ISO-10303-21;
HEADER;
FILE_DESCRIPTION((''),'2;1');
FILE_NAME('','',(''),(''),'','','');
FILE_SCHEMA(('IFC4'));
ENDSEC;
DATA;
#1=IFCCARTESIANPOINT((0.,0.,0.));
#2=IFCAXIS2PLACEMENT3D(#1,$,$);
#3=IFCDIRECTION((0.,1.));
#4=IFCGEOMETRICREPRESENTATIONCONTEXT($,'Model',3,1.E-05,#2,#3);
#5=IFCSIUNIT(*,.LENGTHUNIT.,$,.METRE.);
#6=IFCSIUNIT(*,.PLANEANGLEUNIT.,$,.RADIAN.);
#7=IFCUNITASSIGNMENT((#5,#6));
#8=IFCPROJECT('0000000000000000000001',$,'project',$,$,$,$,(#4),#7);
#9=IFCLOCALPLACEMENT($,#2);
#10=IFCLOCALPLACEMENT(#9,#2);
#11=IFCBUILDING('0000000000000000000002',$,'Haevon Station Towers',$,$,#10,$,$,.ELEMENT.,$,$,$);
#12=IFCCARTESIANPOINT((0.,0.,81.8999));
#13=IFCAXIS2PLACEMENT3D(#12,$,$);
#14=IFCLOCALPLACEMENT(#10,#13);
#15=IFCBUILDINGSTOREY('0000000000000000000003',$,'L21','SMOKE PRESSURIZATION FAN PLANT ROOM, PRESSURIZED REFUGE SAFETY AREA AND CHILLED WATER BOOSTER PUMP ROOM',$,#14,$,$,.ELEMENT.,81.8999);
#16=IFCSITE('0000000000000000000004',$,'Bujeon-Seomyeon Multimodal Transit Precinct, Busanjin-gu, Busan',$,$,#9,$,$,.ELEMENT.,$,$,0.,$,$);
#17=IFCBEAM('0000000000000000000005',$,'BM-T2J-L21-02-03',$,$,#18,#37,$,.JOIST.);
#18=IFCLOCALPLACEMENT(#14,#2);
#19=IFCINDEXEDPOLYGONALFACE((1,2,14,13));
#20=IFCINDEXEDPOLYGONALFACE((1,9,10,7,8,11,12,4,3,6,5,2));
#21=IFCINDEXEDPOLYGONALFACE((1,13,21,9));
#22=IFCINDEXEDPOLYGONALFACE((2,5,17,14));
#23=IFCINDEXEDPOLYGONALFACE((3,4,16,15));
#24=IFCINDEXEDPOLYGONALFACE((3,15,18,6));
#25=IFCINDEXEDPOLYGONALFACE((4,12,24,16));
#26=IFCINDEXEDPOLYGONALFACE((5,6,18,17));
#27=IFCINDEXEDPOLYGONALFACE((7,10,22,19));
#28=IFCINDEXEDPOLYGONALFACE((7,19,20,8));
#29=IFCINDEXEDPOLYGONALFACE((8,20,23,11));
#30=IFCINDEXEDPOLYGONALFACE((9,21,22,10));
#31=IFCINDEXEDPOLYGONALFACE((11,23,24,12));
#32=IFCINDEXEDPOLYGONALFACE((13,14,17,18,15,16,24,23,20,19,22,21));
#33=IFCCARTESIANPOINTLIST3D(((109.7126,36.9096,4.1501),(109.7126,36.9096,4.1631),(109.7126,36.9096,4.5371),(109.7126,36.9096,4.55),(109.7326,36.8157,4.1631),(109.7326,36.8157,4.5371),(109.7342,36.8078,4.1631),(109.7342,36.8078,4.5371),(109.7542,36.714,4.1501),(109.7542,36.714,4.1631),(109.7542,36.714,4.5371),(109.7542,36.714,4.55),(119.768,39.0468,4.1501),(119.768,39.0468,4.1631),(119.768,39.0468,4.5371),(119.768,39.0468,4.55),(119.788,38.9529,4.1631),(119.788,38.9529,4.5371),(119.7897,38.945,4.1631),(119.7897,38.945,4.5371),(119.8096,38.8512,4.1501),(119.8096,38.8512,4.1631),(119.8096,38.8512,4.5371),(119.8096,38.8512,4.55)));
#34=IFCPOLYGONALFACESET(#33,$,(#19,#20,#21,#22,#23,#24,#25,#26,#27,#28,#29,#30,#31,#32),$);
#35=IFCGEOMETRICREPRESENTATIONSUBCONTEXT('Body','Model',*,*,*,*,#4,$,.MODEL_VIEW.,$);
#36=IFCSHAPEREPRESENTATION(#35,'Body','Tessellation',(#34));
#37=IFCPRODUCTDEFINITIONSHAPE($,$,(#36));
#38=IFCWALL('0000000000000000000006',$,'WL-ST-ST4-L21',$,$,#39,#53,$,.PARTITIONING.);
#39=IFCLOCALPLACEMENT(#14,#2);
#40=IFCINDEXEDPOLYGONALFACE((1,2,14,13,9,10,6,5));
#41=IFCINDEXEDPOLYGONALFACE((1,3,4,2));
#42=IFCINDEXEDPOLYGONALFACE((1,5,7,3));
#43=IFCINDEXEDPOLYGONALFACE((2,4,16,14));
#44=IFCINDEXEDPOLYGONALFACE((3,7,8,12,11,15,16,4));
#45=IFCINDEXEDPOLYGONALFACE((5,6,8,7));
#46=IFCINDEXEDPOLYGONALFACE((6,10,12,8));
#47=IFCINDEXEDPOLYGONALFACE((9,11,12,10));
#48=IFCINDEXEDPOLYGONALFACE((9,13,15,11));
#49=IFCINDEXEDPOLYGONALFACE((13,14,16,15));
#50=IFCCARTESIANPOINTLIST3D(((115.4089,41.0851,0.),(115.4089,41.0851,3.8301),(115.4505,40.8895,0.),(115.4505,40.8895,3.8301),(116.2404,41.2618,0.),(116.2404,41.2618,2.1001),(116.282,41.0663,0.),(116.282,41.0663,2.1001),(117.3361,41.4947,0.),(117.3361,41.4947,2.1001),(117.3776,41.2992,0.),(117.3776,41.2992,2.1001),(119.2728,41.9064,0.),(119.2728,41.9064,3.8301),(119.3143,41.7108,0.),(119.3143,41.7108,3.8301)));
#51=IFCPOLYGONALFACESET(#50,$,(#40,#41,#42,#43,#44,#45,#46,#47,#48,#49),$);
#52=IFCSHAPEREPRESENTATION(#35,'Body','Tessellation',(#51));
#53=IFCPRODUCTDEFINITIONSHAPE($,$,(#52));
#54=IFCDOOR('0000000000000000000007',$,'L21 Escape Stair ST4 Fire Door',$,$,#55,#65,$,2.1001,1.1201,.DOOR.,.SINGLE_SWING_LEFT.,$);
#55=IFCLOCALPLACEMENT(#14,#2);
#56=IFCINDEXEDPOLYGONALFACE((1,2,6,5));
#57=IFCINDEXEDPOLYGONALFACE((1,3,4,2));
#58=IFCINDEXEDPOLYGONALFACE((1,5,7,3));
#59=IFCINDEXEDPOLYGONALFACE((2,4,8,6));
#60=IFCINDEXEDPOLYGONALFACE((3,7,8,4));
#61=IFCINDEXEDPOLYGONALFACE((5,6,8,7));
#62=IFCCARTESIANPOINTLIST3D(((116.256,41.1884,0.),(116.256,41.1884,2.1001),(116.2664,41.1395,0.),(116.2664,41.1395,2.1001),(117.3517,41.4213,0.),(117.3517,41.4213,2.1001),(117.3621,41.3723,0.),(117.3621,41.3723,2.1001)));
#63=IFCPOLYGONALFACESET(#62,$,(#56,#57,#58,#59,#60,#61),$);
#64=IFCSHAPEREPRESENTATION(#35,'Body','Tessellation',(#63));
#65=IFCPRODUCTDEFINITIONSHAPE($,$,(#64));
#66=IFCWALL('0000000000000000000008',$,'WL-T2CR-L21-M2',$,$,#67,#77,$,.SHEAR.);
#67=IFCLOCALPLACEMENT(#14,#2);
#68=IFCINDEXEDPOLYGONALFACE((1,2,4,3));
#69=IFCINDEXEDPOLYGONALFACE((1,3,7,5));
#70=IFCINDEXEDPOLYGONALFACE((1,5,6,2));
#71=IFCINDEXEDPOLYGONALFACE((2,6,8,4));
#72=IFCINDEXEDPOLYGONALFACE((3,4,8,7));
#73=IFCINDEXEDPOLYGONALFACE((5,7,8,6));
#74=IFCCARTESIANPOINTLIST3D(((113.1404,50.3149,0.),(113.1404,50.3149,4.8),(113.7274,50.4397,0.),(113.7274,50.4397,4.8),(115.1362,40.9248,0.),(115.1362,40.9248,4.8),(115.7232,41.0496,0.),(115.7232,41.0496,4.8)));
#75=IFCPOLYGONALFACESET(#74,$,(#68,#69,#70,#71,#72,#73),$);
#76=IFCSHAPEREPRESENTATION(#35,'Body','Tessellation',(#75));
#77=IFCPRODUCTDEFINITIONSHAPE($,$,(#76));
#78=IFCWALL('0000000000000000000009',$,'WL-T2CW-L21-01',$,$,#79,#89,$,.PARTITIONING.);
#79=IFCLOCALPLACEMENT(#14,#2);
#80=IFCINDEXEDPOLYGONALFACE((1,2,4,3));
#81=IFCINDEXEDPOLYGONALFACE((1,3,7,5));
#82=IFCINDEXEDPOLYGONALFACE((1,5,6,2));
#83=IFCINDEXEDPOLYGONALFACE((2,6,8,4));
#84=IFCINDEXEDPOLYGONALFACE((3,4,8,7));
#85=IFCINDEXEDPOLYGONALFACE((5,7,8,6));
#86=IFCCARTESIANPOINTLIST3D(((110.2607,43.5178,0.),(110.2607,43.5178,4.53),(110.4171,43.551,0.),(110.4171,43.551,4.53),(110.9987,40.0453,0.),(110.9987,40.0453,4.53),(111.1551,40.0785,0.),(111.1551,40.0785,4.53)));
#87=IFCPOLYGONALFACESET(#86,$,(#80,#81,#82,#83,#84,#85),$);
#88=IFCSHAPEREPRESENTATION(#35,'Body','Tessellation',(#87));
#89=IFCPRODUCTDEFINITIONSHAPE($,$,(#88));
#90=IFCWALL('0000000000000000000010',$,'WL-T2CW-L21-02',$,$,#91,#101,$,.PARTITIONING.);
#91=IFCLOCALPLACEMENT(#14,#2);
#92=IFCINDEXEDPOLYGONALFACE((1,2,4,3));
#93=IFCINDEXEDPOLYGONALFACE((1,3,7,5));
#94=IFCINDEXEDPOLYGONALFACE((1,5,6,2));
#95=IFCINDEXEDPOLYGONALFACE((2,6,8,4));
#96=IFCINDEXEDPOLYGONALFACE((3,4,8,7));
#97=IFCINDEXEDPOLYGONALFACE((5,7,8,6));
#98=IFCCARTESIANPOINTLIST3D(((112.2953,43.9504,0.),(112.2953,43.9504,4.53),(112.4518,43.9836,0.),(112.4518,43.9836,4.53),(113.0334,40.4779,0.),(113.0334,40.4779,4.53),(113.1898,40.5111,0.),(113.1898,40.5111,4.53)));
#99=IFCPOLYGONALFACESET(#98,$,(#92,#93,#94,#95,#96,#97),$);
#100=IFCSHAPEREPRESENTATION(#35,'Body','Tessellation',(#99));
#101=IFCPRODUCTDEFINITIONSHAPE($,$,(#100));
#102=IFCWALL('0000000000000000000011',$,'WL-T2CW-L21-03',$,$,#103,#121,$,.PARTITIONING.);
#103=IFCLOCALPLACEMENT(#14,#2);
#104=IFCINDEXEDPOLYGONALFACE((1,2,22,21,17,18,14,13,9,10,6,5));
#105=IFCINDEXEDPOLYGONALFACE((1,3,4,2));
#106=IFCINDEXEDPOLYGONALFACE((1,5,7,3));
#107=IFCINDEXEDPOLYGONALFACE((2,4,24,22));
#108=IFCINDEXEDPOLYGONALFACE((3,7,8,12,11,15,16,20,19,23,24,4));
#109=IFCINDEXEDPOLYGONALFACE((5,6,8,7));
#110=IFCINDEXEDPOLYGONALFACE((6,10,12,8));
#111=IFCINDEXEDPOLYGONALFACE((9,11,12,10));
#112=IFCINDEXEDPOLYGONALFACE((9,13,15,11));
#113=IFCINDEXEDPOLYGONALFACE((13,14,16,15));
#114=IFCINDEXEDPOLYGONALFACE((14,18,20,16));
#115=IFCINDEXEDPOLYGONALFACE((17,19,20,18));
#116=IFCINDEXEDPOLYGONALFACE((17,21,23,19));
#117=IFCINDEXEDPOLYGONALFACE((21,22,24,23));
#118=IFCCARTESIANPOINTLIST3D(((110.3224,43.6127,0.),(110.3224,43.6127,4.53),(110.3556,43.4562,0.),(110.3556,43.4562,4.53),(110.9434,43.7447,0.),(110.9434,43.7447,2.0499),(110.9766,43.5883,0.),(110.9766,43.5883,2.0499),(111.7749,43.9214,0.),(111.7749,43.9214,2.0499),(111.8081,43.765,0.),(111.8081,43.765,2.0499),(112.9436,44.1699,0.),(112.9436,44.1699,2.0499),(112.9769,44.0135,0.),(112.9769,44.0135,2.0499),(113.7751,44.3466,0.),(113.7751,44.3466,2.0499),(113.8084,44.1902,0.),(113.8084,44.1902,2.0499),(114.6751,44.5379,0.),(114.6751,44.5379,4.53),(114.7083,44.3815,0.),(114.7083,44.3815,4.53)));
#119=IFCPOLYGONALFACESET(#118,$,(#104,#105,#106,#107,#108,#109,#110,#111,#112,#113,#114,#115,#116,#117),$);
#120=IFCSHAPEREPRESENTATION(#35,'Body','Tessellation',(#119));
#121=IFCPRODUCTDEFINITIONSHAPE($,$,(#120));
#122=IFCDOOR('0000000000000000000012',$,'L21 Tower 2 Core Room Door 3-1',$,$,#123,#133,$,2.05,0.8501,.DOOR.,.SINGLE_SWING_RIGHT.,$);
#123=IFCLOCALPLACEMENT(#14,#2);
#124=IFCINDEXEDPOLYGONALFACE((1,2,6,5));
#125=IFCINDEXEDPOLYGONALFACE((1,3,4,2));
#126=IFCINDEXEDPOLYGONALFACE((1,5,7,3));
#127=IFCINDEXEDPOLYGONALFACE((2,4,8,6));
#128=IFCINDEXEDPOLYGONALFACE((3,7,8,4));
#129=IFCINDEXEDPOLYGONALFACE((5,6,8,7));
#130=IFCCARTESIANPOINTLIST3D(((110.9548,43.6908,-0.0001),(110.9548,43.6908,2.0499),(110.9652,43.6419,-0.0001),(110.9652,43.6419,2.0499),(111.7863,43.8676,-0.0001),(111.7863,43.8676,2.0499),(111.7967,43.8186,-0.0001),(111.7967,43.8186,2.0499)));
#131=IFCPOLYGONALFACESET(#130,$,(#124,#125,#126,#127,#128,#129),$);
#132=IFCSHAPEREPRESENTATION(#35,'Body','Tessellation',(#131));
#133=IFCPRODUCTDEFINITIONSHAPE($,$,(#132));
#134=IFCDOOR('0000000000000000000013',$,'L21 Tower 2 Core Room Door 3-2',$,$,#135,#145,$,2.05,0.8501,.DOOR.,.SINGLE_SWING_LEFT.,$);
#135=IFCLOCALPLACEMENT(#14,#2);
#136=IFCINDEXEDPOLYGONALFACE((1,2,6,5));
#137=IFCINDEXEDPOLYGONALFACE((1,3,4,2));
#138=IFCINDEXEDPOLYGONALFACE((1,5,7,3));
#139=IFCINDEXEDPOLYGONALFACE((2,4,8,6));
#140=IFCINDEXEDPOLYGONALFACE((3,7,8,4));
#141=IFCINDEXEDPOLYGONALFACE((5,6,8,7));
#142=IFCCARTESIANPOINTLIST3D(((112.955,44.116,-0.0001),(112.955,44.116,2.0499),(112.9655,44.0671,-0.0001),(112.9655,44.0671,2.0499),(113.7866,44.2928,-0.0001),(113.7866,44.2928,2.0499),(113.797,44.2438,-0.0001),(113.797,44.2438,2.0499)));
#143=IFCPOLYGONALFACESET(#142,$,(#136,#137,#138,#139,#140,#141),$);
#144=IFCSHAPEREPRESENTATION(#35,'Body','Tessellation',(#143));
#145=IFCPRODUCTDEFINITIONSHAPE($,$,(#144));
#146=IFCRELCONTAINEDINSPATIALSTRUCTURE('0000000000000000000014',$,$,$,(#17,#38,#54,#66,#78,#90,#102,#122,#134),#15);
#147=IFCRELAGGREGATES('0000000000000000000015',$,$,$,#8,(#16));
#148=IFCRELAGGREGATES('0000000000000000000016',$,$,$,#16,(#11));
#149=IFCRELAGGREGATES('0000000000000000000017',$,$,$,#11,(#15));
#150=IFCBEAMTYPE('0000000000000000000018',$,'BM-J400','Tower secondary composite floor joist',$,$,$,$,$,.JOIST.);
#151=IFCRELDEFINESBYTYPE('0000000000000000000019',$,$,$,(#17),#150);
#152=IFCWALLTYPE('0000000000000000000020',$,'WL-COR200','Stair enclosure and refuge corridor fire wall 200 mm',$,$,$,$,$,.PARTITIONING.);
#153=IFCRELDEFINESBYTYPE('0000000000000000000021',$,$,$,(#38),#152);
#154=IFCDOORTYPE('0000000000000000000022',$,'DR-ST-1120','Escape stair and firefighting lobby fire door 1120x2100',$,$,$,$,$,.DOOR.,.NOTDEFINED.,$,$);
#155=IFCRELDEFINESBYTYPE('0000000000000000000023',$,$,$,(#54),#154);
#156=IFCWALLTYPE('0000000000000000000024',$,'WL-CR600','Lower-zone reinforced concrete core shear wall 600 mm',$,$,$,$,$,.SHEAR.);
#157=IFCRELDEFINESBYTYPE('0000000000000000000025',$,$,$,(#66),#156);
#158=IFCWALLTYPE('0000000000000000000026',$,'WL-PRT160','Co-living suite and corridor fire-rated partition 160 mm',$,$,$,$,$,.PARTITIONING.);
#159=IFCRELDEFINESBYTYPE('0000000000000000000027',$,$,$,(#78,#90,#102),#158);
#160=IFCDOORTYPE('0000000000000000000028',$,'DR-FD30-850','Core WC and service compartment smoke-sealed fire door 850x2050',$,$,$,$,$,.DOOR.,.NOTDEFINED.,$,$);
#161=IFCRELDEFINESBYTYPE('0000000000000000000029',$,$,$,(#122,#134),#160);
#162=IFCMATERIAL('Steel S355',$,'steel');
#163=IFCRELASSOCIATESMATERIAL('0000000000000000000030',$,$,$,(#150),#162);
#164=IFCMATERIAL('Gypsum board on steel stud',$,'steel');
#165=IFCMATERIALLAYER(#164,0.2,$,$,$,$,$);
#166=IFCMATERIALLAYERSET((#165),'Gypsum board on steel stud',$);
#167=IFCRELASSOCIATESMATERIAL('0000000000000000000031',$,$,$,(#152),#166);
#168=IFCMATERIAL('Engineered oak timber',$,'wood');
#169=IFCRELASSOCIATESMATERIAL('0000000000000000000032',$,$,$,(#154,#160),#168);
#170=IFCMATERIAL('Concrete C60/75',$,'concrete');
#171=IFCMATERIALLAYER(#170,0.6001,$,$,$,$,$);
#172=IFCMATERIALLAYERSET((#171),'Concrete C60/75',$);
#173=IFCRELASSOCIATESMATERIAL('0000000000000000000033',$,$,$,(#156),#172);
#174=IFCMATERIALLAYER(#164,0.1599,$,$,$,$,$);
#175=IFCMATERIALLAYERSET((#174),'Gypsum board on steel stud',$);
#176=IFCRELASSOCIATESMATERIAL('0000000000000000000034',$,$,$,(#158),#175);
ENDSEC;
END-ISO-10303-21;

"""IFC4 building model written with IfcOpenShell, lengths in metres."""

from ifc_helpers import new_model, si_unit, direction, frame, frame_2d, origin, origin_2d, place, context, subcontext, project, spatial, rectangle, i_section, extrude, material, layer, layer_set, material_profile, profile_set, type_object, element, fill, save


model = new_model("IFC4")

# Units and contexts
model_context = context("Model", 3, precision=1e-05, world=origin(), true_north=direction((0.0, 1.0)))
body_context = subcontext(model_context, "Body", "Model", "MODEL_VIEW")
ifc_project = project(units=[si_unit("LENGTHUNIT", "METRE"), si_unit("PLANEANGLEUNIT", "RADIAN")], contexts=[model_context])

# Site, building, storey
site_placement = place(None, origin())
site = spatial("IfcSite", under=ifc_project, at=site_placement, Name="Bujeon-Seomyeon Multimodal Transit Precinct, Busanjin-gu, Busan", CompositionType="ELEMENT", RefElevation=0.0)
building_placement = place(site_placement, origin())
building = spatial("IfcBuilding", under=site, at=building_placement, Name="Haevon Station Towers", CompositionType="ELEMENT")
storey_placement = place(building_placement, frame((0.0, 0.0, 81.8999)))
storey = spatial("IfcBuildingStorey", under=building, at=storey_placement, Name="L21", Description="SMOKE PRESSURIZATION FAN PLANT ROOM, PRESSURIZED REFUGE SAFETY AREA AND CHILLED WATER BOOSTER PUMP ROOM", CompositionType="ELEMENT", Elevation=81.8999)

# Beam
ifc_material_1 = material(Name="Steel S355", Category="steel")
ifc_material_profile = material_profile(ifc_material_1, i_section(OverallWidth=0.2, OverallDepth=0.3999, WebThickness=0.0081, FlangeThickness=0.0129, at=origin_2d()), Name="H-400x200x8x13")
ifc_profile_set = profile_set([ifc_material_profile], Name="Steel S355")
beam_type = type_object("IfcBeamType", Name="BM-J400", Description="Tower secondary composite floor joist", PredefinedType="JOIST", material=ifc_profile_set)
beam_placement = place(storey_placement, frame((109.7334, 36.8118, 4.3501), z_axis=(0.97815, 0.207899, 0.0), x_axis=(-0.207899, 0.97815, 0.0)))
element("IfcBeam", 1, at=beam_placement, inside=storey, type_object=beam_type, Name="BM-T2J-L21-02-03", PredefinedType="JOIST", context=body_context, shape_type="SweptSolid", body=[
    extrude(i_section(OverallWidth=0.2, OverallDepth=0.3999, WebThickness=0.0081, FlangeThickness=0.0129, at=origin_2d()), origin(), (0.0, 0.0, 1.0), 10.28),
])

# Wall, opening, door
ifc_material_2 = material(Name="Gypsum board on steel stud", Category="steel")
ifc_layer_1 = layer(ifc_material_2, 0.2)
ifc_layer_set_1 = layer_set([ifc_layer_1], Name="Gypsum board on steel stud")
wall_type_1 = type_object("IfcWallType", Name="WL-COR200", Description="Stair enclosure and refuge corridor fire wall 200 mm", PredefinedType="PARTITIONING", material=ifc_layer_set_1)
wall_1_placement = place(storey_placement, frame((115.4297, 40.9873, 0.0), z_axis=(0.0, 0.0, 1.0), x_axis=(0.978147, 0.207916, 0.0)))
wall_1 = element("IfcWall", 2, at=wall_1_placement, inside=storey, type_object=wall_type_1, Name="WL-ST-ST4-L21", PredefinedType="PARTITIONING", context=body_context, shape_type="SweptSolid", body=[
    extrude(rectangle(XDim=3.9502, YDim=0.2, at=frame_2d((1.9751, 0.0))), origin(), (0.0, 0.0, 1.0), 3.8301),
])
opening_1_placement = place(wall_1_placement, frame((0.8501, 0.0, 0.0)))
opening_1 = element("IfcOpeningElement", 3, at=opening_1_placement, cuts=wall_1, PredefinedType="OPENING", context=body_context, shape_type="SweptSolid", body=[
    extrude(rectangle(XDim=1.1201, YDim=2.1001, at=frame_2d((0.5601, 1.05))), frame((0.0, 0.1099, 0.0), z_axis=(0.0, -1.0, 0.0), x_axis=(1.0, 0.0, 0.0)), (0.0, 0.0, 1.0), 0.22),
])
ifc_material_3 = material(Name="Engineered oak timber", Category="wood")
door_type_1 = type_object("IfcDoorType", Name="DR-ST-1120", Description="Escape stair and firefighting lobby fire door 1120x2100", OperationType="NOTDEFINED", PredefinedType="DOOR", material=ifc_material_3)
door_1_placement = place(opening_1_placement, origin())
door_1 = element("IfcDoor", 4, at=door_1_placement, inside=storey, type_object=door_type_1, Name="L21 Escape Stair ST4 Fire Door", OperationType="SINGLE_SWING_LEFT", OverallHeight=2.1001, OverallWidth=1.1201, PredefinedType="DOOR", context=body_context, shape_type="SweptSolid", body=[
    extrude(rectangle(XDim=1.1201, YDim=2.1001, at=frame_2d((0.5601, 1.05))), frame((0.0, 0.0249, 0.0), z_axis=(0.0, -1.0, 0.0), x_axis=(1.0, 0.0, 0.0)), (0.0, 0.0, 1.0), 0.05),
])
fill(opening_1, door_1)

# Walls
ifc_material_4 = material(Name="Concrete C60/75", Category="concrete")
ifc_layer_2 = layer(ifc_material_4, 0.6001)
ifc_layer_set_2 = layer_set([ifc_layer_2], Name="Concrete C60/75")
wall_type_2 = type_object("IfcWallType", Name="WL-CR600", Description="Lower-zone reinforced concrete core shear wall 600 mm", PredefinedType="SHEAR", material=ifc_layer_set_2)
wall_2_placement = place(storey_placement, frame((115.4297, 40.9873, 0.0), z_axis=(0.0, 0.0, 1.0), x_axis=(-0.207903, 0.978149, 0.0)))
element("IfcWall", 5, at=wall_2_placement, inside=storey, type_object=wall_type_2, Name="WL-T2CR-L21-M2", PredefinedType="SHEAR", context=body_context, shape_type="SweptSolid", body=[
    extrude(rectangle(XDim=9.5999, YDim=0.6001, at=frame_2d((4.7998, 0.0))), origin(), (0.0, 0.0, 1.0), 4.8),
])
ifc_layer_3 = layer(ifc_material_2, 0.1599)
ifc_layer_set_3 = layer_set([ifc_layer_3], Name="Gypsum board on steel stud")
wall_type_3 = type_object("IfcWallType", Name="WL-PRT160", Description="Co-living suite and corridor fire-rated partition 160 mm", PredefinedType="PARTITIONING", material=ifc_layer_set_3)
for number, where, z_axis, x_axis, name in (
    (6, (111.0769, 40.062, 0.0), (0.0, 0.0, 1.0), (-0.207899, 0.97815, 0.0), "WL-T2CW-L21-01"),
    (7, (113.1116, 40.4946, 0.0), (0.0, 0.0, 1.0), (-0.207899, 0.97815, 0.0), "WL-T2CW-L21-02"),
):
    element("IfcWall", number, at=place(storey_placement, frame(where, z_axis=z_axis, x_axis=x_axis)), inside=storey, type_object=wall_type_3, Name=name, PredefinedType="PARTITIONING", context=body_context, shape_type="SweptSolid", body=[
        extrude(rectangle(XDim=3.55, YDim=0.1599, at=frame_2d((1.7749, 0.0))), origin(), (0.0, 0.0, 1.0), 4.53),
    ])

# Wall, openings, doors
wall_3_placement = place(storey_placement, frame((110.3389, 43.5344, 0.0), z_axis=(0.0, 0.0, 1.0), x_axis=(0.978144, 0.207929, 0.0)))
wall_3 = element("IfcWall", 8, at=wall_3_placement, inside=storey, type_object=wall_type_3, Name="WL-T2CW-L21-03", PredefinedType="PARTITIONING", context=body_context, shape_type="SweptSolid", body=[
    extrude(rectangle(XDim=4.45, YDim=0.1599, at=frame_2d((2.2251, 0.0))), origin(), (0.0, 0.0, 1.0), 4.53),
])
opening_2_placement = place(wall_3_placement, frame((0.635, 0.0, 0.0)))
opening_2 = element("IfcOpeningElement", 9, at=opening_2_placement, cuts=wall_3, PredefinedType="OPENING", context=body_context, shape_type="SweptSolid", body=[
    extrude(rectangle(XDim=0.8501, YDim=2.05, at=frame_2d((0.425, 1.0249))), frame((0.0, 0.0898, 0.0), z_axis=(0.0, -1.0, 0.0), x_axis=(1.0, 0.0, 0.0)), (0.0, 0.0, 1.0), 0.1799),
])
opening_3_placement = place(wall_3_placement, frame((2.6799, 0.0, 0.0)))
opening_3 = element("IfcOpeningElement", 10, at=opening_3_placement, cuts=wall_3, PredefinedType="OPENING", context=body_context, shape_type="SweptSolid", body=[
    extrude(rectangle(XDim=0.8501, YDim=2.05, at=frame_2d((0.425, 1.0249))), frame((0.0, 0.0898, 0.0), z_axis=(0.0, -1.0, 0.0), x_axis=(1.0, 0.0, 0.0)), (0.0, 0.0, 1.0), 0.1799),
])
door_type_2 = type_object("IfcDoorType", Name="DR-FD30-850", Description="Core WC and service compartment smoke-sealed fire door 850x2050", OperationType="NOTDEFINED", PredefinedType="DOOR", material=ifc_material_3)
door_2_placement = place(opening_2_placement, origin())
door_2 = element("IfcDoor", 11, at=door_2_placement, inside=storey, type_object=door_type_2, Name="L21 Tower 2 Core Room Door 3-1", OperationType="SINGLE_SWING_RIGHT", OverallHeight=2.05, OverallWidth=0.8501, PredefinedType="DOOR", context=body_context, shape_type="SweptSolid", body=[
    extrude(rectangle(XDim=0.8501, YDim=2.05, at=frame_2d((0.425, 1.0249))), frame((0.0, 0.0249, 0.0), z_axis=(0.0, -1.0, 0.0), x_axis=(1.0, 0.0, 0.0)), (0.0, 0.0, 1.0), 0.05),
])
fill(opening_2, door_2)
door_3_placement = place(opening_3_placement, origin())
door_3 = element("IfcDoor", 12, at=door_3_placement, inside=storey, type_object=door_type_2, Name="L21 Tower 2 Core Room Door 3-2", OperationType="SINGLE_SWING_LEFT", OverallHeight=2.05, OverallWidth=0.8501, PredefinedType="DOOR", context=body_context, shape_type="SweptSolid", body=[
    extrude(rectangle(XDim=0.8501, YDim=2.05, at=frame_2d((0.425, 1.0249))), frame((0.0, 0.0249, 0.0), z_axis=(0.0, -1.0, 0.0), x_axis=(1.0, 0.0, 0.0)), (0.0, 0.0, 1.0), 0.05),
])
fill(opening_3, door_3)

save(model, "model.ifc")
